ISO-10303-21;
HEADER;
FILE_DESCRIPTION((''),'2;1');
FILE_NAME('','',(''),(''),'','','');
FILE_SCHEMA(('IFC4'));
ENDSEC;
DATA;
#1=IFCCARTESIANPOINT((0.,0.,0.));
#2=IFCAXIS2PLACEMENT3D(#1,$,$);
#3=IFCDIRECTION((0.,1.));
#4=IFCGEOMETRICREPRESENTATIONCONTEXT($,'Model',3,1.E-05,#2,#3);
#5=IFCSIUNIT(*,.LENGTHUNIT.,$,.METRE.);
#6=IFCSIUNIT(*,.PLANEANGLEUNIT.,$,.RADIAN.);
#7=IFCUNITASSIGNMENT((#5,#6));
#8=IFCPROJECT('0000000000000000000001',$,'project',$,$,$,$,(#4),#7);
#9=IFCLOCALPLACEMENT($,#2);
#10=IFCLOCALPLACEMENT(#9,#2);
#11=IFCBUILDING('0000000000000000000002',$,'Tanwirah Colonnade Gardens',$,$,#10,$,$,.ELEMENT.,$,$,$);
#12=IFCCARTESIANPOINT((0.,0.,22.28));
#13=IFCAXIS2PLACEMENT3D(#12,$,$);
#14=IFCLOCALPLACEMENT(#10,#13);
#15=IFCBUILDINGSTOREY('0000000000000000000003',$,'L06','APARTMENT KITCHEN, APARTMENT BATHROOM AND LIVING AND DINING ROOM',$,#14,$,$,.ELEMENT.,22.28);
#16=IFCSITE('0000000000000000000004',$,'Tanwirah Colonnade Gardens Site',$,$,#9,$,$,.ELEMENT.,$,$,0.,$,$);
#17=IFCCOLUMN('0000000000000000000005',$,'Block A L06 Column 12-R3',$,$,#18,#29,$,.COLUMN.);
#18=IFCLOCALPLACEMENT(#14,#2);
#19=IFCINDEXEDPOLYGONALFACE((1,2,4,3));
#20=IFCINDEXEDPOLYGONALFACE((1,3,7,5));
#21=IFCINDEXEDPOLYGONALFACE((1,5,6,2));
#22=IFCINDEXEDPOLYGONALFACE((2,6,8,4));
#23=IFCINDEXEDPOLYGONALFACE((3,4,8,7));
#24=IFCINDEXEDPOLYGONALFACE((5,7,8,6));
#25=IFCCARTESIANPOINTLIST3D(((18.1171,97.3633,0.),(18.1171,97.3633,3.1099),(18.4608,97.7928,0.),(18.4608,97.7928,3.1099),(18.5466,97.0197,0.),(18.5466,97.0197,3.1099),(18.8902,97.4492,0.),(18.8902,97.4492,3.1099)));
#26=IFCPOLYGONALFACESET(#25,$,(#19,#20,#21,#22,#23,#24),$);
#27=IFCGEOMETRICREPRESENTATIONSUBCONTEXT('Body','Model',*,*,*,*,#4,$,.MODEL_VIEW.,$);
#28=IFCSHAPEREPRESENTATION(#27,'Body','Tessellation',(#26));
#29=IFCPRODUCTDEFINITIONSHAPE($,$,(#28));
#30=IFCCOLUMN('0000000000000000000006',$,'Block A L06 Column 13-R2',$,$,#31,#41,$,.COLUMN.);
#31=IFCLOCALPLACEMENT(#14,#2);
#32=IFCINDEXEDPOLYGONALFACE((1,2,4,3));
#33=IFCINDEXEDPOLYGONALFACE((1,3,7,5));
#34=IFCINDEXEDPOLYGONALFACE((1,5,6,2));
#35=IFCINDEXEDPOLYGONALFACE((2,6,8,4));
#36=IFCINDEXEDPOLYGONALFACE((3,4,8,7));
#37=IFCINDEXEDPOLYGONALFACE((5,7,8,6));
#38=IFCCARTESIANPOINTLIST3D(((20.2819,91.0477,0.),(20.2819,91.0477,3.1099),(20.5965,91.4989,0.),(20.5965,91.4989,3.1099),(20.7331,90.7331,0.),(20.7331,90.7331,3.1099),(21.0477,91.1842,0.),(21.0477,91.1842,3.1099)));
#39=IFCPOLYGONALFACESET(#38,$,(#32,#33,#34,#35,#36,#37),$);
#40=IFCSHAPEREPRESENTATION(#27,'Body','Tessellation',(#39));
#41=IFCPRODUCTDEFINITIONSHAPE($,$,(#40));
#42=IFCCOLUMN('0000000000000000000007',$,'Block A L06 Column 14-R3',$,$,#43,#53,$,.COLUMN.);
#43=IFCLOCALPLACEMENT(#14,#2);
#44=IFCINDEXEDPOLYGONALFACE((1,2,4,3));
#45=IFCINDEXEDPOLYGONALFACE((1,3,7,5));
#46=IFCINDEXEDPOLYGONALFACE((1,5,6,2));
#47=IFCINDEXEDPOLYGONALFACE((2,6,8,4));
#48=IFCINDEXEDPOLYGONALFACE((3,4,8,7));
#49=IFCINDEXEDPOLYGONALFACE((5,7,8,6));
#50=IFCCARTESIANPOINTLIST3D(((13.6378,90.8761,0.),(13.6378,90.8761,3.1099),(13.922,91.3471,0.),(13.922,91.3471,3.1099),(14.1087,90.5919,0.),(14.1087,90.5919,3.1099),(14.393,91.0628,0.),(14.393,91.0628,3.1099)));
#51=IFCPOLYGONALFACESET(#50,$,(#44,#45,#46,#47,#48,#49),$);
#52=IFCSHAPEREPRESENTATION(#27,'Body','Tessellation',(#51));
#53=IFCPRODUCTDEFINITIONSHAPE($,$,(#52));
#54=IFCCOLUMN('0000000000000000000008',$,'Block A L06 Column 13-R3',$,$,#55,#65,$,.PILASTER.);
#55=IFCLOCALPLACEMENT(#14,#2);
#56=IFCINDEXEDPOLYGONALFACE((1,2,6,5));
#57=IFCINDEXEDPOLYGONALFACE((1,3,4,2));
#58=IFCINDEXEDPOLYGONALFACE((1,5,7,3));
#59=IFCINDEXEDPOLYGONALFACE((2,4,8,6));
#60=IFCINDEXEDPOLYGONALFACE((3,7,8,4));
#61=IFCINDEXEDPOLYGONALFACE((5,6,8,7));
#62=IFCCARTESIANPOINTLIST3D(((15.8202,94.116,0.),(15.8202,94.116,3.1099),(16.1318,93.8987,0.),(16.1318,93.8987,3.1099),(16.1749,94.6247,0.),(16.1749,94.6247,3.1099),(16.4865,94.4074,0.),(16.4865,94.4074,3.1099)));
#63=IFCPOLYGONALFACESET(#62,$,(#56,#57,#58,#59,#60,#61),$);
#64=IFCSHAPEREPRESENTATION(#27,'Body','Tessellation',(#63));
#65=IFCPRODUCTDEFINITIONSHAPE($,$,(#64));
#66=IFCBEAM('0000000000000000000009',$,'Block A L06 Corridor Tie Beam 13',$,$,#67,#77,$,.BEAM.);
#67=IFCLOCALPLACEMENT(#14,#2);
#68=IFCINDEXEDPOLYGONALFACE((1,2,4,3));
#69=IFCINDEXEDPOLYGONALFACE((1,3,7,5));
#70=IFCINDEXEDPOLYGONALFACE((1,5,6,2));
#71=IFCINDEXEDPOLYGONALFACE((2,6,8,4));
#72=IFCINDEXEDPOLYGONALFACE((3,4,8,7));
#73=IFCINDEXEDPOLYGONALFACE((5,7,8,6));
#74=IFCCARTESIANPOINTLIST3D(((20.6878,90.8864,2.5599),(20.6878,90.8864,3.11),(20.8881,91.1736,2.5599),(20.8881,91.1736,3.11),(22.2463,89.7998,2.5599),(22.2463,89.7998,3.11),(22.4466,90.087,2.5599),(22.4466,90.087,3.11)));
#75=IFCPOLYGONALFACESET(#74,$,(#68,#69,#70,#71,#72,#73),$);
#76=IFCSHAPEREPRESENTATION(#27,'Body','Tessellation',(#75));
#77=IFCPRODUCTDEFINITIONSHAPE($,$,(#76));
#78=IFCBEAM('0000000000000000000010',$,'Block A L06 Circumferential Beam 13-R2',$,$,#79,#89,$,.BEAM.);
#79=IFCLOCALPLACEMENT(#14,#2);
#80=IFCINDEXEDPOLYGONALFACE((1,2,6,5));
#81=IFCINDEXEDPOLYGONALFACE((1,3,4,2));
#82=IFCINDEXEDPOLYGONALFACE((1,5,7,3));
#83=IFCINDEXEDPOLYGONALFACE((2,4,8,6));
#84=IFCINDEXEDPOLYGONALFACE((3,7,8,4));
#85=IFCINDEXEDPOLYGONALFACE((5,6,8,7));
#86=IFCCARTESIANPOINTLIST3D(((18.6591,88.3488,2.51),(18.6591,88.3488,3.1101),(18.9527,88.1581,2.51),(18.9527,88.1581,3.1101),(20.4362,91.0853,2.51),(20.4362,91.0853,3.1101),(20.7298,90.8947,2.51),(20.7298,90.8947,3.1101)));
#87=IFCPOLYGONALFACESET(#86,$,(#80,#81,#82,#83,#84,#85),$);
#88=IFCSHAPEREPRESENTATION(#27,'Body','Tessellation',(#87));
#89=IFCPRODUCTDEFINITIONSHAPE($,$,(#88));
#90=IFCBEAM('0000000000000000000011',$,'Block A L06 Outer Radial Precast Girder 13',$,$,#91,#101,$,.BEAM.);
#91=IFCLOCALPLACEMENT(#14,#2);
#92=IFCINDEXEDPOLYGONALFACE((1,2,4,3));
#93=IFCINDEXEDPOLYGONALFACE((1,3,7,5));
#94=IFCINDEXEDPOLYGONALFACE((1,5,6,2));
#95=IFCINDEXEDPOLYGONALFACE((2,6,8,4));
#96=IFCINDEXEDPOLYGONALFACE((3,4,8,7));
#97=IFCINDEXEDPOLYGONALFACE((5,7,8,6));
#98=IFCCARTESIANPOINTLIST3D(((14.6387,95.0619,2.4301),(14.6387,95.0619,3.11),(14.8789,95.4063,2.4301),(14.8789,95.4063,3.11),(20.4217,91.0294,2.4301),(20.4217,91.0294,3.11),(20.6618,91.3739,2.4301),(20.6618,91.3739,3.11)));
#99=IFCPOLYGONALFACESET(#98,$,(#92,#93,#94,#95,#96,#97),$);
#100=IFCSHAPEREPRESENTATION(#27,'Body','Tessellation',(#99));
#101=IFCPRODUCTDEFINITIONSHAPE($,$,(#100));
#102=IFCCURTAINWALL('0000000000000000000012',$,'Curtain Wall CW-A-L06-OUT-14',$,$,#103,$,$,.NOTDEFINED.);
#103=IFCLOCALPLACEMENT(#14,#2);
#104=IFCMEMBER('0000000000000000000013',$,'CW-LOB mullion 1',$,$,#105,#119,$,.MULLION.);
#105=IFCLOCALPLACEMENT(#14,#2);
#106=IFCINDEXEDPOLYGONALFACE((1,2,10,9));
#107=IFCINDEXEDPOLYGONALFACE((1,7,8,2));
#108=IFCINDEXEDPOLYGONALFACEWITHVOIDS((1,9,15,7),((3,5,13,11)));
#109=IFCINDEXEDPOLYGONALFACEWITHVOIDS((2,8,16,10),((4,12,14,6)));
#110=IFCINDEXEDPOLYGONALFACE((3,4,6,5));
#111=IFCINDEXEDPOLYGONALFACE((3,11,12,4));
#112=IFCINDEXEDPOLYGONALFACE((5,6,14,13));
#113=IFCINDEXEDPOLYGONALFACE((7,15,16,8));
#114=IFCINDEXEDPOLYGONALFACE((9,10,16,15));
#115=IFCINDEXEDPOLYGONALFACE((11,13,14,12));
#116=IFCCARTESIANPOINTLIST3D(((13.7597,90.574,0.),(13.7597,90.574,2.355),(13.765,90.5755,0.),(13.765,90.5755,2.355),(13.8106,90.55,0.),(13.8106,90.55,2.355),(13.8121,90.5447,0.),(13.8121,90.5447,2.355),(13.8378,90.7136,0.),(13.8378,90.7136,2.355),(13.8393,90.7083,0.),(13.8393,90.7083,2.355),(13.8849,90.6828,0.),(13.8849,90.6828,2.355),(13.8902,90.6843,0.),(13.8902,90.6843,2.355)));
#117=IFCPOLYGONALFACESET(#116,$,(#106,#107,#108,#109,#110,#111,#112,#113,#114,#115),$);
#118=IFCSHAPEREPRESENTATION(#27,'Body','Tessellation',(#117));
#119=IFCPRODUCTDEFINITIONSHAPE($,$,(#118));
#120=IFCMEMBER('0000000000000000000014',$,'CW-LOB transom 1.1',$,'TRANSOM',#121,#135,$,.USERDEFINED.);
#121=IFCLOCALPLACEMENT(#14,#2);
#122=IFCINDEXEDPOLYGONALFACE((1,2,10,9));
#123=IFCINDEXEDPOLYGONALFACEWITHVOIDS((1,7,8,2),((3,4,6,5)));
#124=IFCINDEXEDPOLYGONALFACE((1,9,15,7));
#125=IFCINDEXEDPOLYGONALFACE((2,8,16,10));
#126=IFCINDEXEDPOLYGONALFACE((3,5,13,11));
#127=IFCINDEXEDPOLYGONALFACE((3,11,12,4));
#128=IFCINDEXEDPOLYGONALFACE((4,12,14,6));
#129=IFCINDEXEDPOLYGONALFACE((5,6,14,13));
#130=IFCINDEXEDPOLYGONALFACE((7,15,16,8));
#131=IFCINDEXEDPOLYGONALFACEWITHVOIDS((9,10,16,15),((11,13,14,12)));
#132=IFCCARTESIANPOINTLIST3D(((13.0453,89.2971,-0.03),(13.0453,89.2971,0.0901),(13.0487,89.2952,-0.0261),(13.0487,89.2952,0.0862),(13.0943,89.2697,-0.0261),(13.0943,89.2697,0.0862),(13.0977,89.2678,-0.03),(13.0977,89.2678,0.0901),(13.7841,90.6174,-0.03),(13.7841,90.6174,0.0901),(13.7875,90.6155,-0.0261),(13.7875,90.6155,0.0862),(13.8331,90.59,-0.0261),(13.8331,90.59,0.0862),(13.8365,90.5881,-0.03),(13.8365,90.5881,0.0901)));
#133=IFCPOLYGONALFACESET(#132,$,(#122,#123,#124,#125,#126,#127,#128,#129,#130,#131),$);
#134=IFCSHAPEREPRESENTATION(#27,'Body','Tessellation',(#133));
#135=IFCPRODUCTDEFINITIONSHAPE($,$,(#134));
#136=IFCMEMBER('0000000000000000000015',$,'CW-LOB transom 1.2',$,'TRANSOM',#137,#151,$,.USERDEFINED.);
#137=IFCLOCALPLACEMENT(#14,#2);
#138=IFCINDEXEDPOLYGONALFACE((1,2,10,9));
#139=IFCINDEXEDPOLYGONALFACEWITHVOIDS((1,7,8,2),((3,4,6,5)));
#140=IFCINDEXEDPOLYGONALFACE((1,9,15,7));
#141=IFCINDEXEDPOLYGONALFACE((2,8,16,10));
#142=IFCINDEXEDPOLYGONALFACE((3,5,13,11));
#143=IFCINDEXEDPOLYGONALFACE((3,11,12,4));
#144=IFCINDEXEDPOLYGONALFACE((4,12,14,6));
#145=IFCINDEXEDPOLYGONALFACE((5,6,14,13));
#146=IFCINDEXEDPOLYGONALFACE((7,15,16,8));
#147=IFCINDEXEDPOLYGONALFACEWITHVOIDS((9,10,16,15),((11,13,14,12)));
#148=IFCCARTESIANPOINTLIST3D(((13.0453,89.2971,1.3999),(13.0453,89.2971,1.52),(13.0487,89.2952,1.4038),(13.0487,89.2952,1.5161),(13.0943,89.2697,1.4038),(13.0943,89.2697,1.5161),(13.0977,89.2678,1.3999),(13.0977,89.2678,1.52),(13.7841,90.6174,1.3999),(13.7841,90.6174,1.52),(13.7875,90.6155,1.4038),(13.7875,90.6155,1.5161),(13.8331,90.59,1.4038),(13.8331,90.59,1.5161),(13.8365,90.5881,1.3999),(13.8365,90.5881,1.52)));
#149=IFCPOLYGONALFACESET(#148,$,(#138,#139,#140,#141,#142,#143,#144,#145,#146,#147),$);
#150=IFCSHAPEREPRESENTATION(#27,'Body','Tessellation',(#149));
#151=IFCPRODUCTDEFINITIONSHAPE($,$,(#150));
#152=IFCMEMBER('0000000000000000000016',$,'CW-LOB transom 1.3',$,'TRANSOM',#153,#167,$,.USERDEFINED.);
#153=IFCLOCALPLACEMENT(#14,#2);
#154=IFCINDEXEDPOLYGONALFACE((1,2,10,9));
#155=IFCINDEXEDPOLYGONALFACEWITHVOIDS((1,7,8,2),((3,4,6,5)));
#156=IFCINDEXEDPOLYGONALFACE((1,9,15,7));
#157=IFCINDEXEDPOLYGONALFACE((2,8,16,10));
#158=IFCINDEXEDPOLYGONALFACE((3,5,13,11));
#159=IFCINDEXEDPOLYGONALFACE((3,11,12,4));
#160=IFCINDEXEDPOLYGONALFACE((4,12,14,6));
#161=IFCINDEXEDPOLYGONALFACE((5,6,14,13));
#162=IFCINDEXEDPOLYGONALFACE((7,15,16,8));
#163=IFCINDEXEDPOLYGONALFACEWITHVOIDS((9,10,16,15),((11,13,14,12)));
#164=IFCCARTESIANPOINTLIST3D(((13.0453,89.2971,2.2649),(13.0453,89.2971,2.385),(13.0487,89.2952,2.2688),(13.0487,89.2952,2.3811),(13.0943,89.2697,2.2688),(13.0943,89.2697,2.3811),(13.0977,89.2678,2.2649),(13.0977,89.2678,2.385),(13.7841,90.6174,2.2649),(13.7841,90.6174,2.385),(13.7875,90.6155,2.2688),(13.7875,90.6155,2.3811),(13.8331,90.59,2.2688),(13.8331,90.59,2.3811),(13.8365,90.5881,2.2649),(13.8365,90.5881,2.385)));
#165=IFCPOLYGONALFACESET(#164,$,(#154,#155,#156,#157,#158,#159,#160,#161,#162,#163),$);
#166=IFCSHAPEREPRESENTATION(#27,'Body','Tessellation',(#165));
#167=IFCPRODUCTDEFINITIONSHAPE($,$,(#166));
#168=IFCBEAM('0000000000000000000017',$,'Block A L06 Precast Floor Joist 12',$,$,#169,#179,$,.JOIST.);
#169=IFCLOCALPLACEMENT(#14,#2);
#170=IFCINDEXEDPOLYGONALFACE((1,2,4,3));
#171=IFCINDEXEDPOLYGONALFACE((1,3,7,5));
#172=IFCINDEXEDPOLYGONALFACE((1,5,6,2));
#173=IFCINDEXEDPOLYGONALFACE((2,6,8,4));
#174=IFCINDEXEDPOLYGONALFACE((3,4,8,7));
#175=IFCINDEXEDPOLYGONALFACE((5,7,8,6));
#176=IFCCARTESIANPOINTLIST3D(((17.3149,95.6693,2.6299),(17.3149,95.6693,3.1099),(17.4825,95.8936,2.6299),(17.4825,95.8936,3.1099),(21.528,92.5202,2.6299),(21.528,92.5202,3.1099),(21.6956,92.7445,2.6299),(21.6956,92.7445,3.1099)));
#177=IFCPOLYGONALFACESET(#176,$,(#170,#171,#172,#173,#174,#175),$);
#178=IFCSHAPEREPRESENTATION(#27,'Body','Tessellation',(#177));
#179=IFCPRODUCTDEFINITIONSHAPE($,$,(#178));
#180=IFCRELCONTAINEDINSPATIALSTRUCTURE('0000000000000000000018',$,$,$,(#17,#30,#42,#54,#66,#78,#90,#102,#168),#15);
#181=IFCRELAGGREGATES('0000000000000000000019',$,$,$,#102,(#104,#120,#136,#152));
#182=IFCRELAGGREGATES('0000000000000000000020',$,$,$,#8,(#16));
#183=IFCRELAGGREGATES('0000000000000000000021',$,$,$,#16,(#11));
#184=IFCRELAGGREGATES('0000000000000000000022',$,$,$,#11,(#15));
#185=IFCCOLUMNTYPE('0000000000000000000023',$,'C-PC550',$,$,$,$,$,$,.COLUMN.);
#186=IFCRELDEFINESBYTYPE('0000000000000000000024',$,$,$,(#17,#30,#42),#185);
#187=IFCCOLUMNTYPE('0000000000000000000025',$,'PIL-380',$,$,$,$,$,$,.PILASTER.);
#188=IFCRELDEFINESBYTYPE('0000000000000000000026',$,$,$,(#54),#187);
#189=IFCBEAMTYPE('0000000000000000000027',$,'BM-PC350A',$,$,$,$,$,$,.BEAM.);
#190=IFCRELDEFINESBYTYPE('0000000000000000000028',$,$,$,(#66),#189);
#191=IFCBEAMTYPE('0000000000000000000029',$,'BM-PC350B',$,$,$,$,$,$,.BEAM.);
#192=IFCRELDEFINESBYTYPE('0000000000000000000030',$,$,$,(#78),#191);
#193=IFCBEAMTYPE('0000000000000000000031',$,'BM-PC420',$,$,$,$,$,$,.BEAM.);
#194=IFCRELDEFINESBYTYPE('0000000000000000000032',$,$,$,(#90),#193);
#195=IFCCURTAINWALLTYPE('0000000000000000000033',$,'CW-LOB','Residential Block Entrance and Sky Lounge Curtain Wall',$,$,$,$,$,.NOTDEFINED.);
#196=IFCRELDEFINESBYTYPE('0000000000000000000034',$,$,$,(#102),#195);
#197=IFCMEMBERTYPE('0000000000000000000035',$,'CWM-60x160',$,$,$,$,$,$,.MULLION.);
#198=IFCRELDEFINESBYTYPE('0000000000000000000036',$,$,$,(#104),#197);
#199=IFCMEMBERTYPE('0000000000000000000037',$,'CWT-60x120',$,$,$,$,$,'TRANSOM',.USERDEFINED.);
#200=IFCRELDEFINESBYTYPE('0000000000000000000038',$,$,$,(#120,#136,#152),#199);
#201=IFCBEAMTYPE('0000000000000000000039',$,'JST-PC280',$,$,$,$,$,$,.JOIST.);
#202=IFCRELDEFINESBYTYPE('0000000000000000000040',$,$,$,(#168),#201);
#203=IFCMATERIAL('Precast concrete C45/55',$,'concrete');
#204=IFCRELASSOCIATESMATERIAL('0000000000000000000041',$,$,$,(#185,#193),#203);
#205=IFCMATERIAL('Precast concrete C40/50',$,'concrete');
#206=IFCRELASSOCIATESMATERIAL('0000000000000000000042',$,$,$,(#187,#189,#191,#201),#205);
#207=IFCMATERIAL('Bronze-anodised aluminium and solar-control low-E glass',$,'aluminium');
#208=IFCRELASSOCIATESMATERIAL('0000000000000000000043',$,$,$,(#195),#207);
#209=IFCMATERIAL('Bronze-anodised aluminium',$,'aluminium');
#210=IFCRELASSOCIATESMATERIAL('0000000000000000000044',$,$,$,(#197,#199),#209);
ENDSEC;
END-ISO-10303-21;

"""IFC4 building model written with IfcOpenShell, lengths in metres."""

from ifc_helpers import new_model, si_unit, direction, frame, origin, origin_2d, place, context, subcontext, project, spatial, rectangle, hollow_rectangle, extrude, material, material_profile, profile_set, type_object, element, aggregate, save


model = new_model("IFC4")

# Units and contexts
model_context = context("Model", 3, precision=1e-05, world=origin(), true_north=direction((0.0, 1.0)))
body_context = subcontext(model_context, "Body", "Model", "MODEL_VIEW")
ifc_project = project(units=[si_unit("LENGTHUNIT", "METRE"), si_unit("PLANEANGLEUNIT", "RADIAN")], contexts=[model_context])

# Site, building, storey
site_placement = place(None, origin())
site = spatial("IfcSite", under=ifc_project, at=site_placement, Name="Tanwirah Colonnade Gardens Site", CompositionType="ELEMENT", RefElevation=0.0)
building_placement = place(site_placement, origin())
building = spatial("IfcBuilding", under=site, at=building_placement, Name="Tanwirah Colonnade Gardens", CompositionType="ELEMENT")
storey_placement = place(building_placement, frame((0.0, 0.0, 22.28)))
storey = spatial("IfcBuildingStorey", under=building, at=storey_placement, Name="L06", Description="APARTMENT KITCHEN, APARTMENT BATHROOM AND LIVING AND DINING ROOM", CompositionType="ELEMENT", Elevation=22.28)

# Columns
ifc_material_1 = material(Name="Precast concrete C45/55", Category="concrete")
ifc_material_profile_1 = material_profile(ifc_material_1, rectangle(XDim=0.55, YDim=0.55, at=origin_2d()), Name="PC-COL 550x550")
ifc_profile_set_1 = profile_set([ifc_material_profile_1], Name="Precast concrete C45/55")
column_type_1 = type_object("IfcColumnType", Name="C-PC550", PredefinedType="COLUMN", material=ifc_profile_set_1)
for number, where, z_axis, x_axis, name in (
    (1, (18.5037, 97.4062, 0.0), (0.0, 0.0, 1.0), (-0.780794, 0.624788, 0.0), "Block A L06 Column 12-R3"),
    (2, (20.6648, 91.116, 0.0), (0.0, 0.0, 1.0), (-0.820263, 0.571987, 0.0), "Block A L06 Column 13-R2"),
    (3, (14.0154, 90.9695, 0.0), (0.0, 0.0, 1.0), (-0.856167, 0.516699, 0.0), "Block A L06 Column 14-R3"),
):
    element("IfcColumn", number, at=place(storey_placement, frame(where, z_axis=z_axis, x_axis=x_axis)), inside=storey, type_object=column_type_1, Name=name, PredefinedType="COLUMN", context=body_context, shape_type="SweptSolid", body=[
        extrude(rectangle(XDim=0.55, YDim=0.55, at=origin_2d()), origin(), (0.0, 0.0, 1.0), 3.1099),
    ])
ifc_material_2 = material(Name="Precast concrete C40/50", Category="concrete")
ifc_material_profile_2 = material_profile(ifc_material_2, rectangle(XDim=0.3799, YDim=0.6201, at=origin_2d()), Name="PC-PIL 380x620")
ifc_profile_set_2 = profile_set([ifc_material_profile_2], Name="Precast concrete C40/50")
column_type_2 = type_object("IfcColumnType", Name="PIL-380", PredefinedType="PILASTER", material=ifc_profile_set_2)
column_placement = place(storey_placement, frame((16.1533, 94.2617, 0.0), z_axis=(0.0, 0.0, 1.0), x_axis=(-0.820263, 0.571987, 0.0)))
element("IfcColumn", 4, at=column_placement, inside=storey, type_object=column_type_2, Name="Block A L06 Column 13-R3", PredefinedType="PILASTER", context=body_context, shape_type="SweptSolid", body=[
    extrude(rectangle(XDim=0.3799, YDim=0.6201, at=origin_2d()), origin(), (0.0, 0.0, 1.0), 3.1099),
])

# Beams
ifc_material_profile_3 = material_profile(ifc_material_2, rectangle(XDim=0.3501, YDim=0.55, at=origin_2d()), Name="PC-BM 350x550")
ifc_profile_set_3 = profile_set([ifc_material_profile_3], Name="Precast concrete C40/50")
beam_type_1 = type_object("IfcBeamType", Name="BM-PC350A", PredefinedType="BEAM", material=ifc_profile_set_3)
beam_1_placement = place(storey_placement, frame((22.3464, 89.9434, 2.835), z_axis=(-0.820305, 0.571926, 0.0), x_axis=(-0.571926, -0.820305, 0.0)))
element("IfcBeam", 5, at=beam_1_placement, inside=storey, type_object=beam_type_1, Name="Block A L06 Corridor Tie Beam 13", PredefinedType="BEAM", context=body_context, shape_type="SweptSolid", body=[
    extrude(rectangle(XDim=0.3501, YDim=0.55, at=origin_2d()), origin(), (0.0, 0.0, 1.0), 1.8999),
])
ifc_material_profile_4 = material_profile(ifc_material_2, rectangle(XDim=0.3501, YDim=0.6001, at=origin_2d()), Name="PC-BM 350x600")
ifc_profile_set_4 = profile_set([ifc_material_profile_4], Name="Precast concrete C40/50")
beam_type_2 = type_object("IfcBeamType", Name="BM-PC350B", PredefinedType="BEAM", material=ifc_profile_set_4)
beam_2_placement = place(storey_placement, frame((20.583, 90.99, 2.8101), z_axis=(-0.544628, -0.838678, 0.0), x_axis=(0.838678, -0.544628, 0.0)))
element("IfcBeam", 6, at=beam_2_placement, inside=storey, type_object=beam_type_2, Name="Block A L06 Circumferential Beam 13-R2", PredefinedType="BEAM", context=body_context, shape_type="SweptSolid", body=[
    extrude(rectangle(XDim=0.3501, YDim=0.6001, at=origin_2d()), origin(), (0.0, 0.0, 1.0), 3.2629),
])
ifc_material_profile_5 = material_profile(ifc_material_1, rectangle(XDim=0.4199, YDim=0.6799, at=origin_2d()), Name="PC-BM 420x680")
ifc_profile_set_5 = profile_set([ifc_material_profile_5], Name="Precast concrete C45/55")
beam_type_3 = type_object("IfcBeamType", Name="BM-PC420", PredefinedType="BEAM", material=ifc_profile_set_5)
beam_3_placement = place(storey_placement, frame((20.5417, 91.2017, 2.77), z_axis=(-0.82027, 0.571976, 0.0), x_axis=(-0.571976, -0.82027, 0.0)))
element("IfcBeam", 7, at=beam_3_placement, inside=storey, type_object=beam_type_3, Name="Block A L06 Outer Radial Precast Girder 13", PredefinedType="BEAM", context=body_context, shape_type="SweptSolid", body=[
    extrude(rectangle(XDim=0.4199, YDim=0.6799, at=origin_2d()), origin(), (0.0, 0.0, 1.0), 7.05),
])

# Curtain wall, members
ifc_material_3 = material(Name="Bronze-anodised aluminium and solar-control low-E glass", Category="aluminium")
curtain_wall_type = type_object("IfcCurtainWallType", Name="CW-LOB", Description="Residential Block Entrance and Sky Lounge Curtain Wall", PredefinedType="NOTDEFINED", material=ifc_material_3)
curtain_wall_placement = place(storey_placement, origin())
curtain_wall = element("IfcCurtainWall", 8, at=curtain_wall_placement, inside=storey, type_object=curtain_wall_type, Name="Curtain Wall CW-A-L06-OUT-14", PredefinedType="NOTDEFINED")
ifc_material_4 = material(Name="Bronze-anodised aluminium", Category="aluminium")
ifc_material_profile_6 = material_profile(ifc_material_4, hollow_rectangle(XDim=0.0601, YDim=0.1599, WallThickness=0.0039, at=origin_2d()), Name="CW-MUL 60x160x4")
ifc_profile_set_6 = profile_set([ifc_material_profile_6], Name="Bronze-anodised aluminium")
member_type_1 = type_object("IfcMemberType", Name="CWM-60x160", PredefinedType="MULLION", material=ifc_profile_set_6)
member_1_placement = place(storey_placement, frame((13.825, 90.6292, 0.0), z_axis=(0.0, 0.0, 1.0), x_axis=(0.872732, -0.488199, 0.0)))
member_1 = element("IfcMember", 9, at=member_1_placement, type_object=member_type_1, Name="CW-LOB mullion 1", PredefinedType="MULLION", context=body_context, shape_type="SweptSolid", body=[
    extrude(hollow_rectangle(XDim=0.0601, YDim=0.1599, WallThickness=0.0039, at=origin_2d()), origin(), (0.0, 0.0, 1.0), 2.355),
])
ifc_material_profile_7 = material_profile(ifc_material_4, hollow_rectangle(XDim=0.0601, YDim=0.1201, WallThickness=0.0039, at=origin_2d()), Name="CW-TRN 60x120x4")
ifc_profile_set_7 = profile_set([ifc_material_profile_7], Name="Bronze-anodised aluminium")
member_type_2 = type_object("IfcMemberType", Name="CWT-60x120", ElementType="TRANSOM", PredefinedType="USERDEFINED", material=ifc_profile_set_7)
member_2_placement = place(storey_placement, frame((13.8103, 90.6028, 0.03), z_axis=(-0.488299, -0.872677, 0.0), x_axis=(0.872677, -0.488299, 0.0)))
member_2 = element("IfcMember", 10, at=member_2_placement, type_object=member_type_2, Name="CW-LOB transom 1.1", ObjectType="TRANSOM", PredefinedType="USERDEFINED", context=body_context, shape_type="SweptSolid", body=[
    extrude(hollow_rectangle(XDim=0.0601, YDim=0.1201, WallThickness=0.0039, at=origin_2d()), origin(), (0.0, 0.0, 1.0), 1.5129),
])
member_3_placement = place(storey_placement, frame((13.8103, 90.6028, 1.46), z_axis=(-0.488299, -0.872677, 0.0), x_axis=(0.872677, -0.488299, 0.0)))
member_3 = element("IfcMember", 11, at=member_3_placement, type_object=member_type_2, Name="CW-LOB transom 1.2", ObjectType="TRANSOM", PredefinedType="USERDEFINED", context=body_context, shape_type="SweptSolid", body=[
    extrude(hollow_rectangle(XDim=0.0601, YDim=0.1201, WallThickness=0.0039, at=origin_2d()), origin(), (0.0, 0.0, 1.0), 1.5129),
])
member_4_placement = place(storey_placement, frame((13.8103, 90.6028, 2.325), z_axis=(-0.488299, -0.872677, 0.0), x_axis=(0.872677, -0.488299, 0.0)))
member_4 = element("IfcMember", 12, at=member_4_placement, type_object=member_type_2, Name="CW-LOB transom 1.3", ObjectType="TRANSOM", PredefinedType="USERDEFINED", context=body_context, shape_type="SweptSolid", body=[
    extrude(hollow_rectangle(XDim=0.0601, YDim=0.1201, WallThickness=0.0039, at=origin_2d()), origin(), (0.0, 0.0, 1.0), 1.5129),
])

# Beam
ifc_material_profile_8 = material_profile(ifc_material_2, rectangle(XDim=0.28, YDim=0.48, at=origin_2d()), Name="PC-JST 280x480")
ifc_profile_set_8 = profile_set([ifc_material_profile_8], Name="Precast concrete C40/50")
beam_type_4 = type_object("IfcBeamType", Name="JST-PC280", PredefinedType="JOIST", material=ifc_profile_set_8)
beam_4_placement = place(storey_placement, frame((21.6118, 92.6323, 2.8699), z_axis=(-0.800974, 0.5987, 0.0), x_axis=(-0.5987, -0.800974, 0.0)))
element("IfcBeam", 13, at=beam_4_placement, inside=storey, type_object=beam_type_4, Name="Block A L06 Precast Floor Joist 12", PredefinedType="JOIST", context=body_context, shape_type="SweptSolid", body=[
    extrude(rectangle(XDim=0.28, YDim=0.48, at=origin_2d()), origin(), (0.0, 0.0, 1.0), 5.26),
])

aggregate(curtain_wall, [member_1, member_2, member_3, member_4])

save(model, "model.ifc")
